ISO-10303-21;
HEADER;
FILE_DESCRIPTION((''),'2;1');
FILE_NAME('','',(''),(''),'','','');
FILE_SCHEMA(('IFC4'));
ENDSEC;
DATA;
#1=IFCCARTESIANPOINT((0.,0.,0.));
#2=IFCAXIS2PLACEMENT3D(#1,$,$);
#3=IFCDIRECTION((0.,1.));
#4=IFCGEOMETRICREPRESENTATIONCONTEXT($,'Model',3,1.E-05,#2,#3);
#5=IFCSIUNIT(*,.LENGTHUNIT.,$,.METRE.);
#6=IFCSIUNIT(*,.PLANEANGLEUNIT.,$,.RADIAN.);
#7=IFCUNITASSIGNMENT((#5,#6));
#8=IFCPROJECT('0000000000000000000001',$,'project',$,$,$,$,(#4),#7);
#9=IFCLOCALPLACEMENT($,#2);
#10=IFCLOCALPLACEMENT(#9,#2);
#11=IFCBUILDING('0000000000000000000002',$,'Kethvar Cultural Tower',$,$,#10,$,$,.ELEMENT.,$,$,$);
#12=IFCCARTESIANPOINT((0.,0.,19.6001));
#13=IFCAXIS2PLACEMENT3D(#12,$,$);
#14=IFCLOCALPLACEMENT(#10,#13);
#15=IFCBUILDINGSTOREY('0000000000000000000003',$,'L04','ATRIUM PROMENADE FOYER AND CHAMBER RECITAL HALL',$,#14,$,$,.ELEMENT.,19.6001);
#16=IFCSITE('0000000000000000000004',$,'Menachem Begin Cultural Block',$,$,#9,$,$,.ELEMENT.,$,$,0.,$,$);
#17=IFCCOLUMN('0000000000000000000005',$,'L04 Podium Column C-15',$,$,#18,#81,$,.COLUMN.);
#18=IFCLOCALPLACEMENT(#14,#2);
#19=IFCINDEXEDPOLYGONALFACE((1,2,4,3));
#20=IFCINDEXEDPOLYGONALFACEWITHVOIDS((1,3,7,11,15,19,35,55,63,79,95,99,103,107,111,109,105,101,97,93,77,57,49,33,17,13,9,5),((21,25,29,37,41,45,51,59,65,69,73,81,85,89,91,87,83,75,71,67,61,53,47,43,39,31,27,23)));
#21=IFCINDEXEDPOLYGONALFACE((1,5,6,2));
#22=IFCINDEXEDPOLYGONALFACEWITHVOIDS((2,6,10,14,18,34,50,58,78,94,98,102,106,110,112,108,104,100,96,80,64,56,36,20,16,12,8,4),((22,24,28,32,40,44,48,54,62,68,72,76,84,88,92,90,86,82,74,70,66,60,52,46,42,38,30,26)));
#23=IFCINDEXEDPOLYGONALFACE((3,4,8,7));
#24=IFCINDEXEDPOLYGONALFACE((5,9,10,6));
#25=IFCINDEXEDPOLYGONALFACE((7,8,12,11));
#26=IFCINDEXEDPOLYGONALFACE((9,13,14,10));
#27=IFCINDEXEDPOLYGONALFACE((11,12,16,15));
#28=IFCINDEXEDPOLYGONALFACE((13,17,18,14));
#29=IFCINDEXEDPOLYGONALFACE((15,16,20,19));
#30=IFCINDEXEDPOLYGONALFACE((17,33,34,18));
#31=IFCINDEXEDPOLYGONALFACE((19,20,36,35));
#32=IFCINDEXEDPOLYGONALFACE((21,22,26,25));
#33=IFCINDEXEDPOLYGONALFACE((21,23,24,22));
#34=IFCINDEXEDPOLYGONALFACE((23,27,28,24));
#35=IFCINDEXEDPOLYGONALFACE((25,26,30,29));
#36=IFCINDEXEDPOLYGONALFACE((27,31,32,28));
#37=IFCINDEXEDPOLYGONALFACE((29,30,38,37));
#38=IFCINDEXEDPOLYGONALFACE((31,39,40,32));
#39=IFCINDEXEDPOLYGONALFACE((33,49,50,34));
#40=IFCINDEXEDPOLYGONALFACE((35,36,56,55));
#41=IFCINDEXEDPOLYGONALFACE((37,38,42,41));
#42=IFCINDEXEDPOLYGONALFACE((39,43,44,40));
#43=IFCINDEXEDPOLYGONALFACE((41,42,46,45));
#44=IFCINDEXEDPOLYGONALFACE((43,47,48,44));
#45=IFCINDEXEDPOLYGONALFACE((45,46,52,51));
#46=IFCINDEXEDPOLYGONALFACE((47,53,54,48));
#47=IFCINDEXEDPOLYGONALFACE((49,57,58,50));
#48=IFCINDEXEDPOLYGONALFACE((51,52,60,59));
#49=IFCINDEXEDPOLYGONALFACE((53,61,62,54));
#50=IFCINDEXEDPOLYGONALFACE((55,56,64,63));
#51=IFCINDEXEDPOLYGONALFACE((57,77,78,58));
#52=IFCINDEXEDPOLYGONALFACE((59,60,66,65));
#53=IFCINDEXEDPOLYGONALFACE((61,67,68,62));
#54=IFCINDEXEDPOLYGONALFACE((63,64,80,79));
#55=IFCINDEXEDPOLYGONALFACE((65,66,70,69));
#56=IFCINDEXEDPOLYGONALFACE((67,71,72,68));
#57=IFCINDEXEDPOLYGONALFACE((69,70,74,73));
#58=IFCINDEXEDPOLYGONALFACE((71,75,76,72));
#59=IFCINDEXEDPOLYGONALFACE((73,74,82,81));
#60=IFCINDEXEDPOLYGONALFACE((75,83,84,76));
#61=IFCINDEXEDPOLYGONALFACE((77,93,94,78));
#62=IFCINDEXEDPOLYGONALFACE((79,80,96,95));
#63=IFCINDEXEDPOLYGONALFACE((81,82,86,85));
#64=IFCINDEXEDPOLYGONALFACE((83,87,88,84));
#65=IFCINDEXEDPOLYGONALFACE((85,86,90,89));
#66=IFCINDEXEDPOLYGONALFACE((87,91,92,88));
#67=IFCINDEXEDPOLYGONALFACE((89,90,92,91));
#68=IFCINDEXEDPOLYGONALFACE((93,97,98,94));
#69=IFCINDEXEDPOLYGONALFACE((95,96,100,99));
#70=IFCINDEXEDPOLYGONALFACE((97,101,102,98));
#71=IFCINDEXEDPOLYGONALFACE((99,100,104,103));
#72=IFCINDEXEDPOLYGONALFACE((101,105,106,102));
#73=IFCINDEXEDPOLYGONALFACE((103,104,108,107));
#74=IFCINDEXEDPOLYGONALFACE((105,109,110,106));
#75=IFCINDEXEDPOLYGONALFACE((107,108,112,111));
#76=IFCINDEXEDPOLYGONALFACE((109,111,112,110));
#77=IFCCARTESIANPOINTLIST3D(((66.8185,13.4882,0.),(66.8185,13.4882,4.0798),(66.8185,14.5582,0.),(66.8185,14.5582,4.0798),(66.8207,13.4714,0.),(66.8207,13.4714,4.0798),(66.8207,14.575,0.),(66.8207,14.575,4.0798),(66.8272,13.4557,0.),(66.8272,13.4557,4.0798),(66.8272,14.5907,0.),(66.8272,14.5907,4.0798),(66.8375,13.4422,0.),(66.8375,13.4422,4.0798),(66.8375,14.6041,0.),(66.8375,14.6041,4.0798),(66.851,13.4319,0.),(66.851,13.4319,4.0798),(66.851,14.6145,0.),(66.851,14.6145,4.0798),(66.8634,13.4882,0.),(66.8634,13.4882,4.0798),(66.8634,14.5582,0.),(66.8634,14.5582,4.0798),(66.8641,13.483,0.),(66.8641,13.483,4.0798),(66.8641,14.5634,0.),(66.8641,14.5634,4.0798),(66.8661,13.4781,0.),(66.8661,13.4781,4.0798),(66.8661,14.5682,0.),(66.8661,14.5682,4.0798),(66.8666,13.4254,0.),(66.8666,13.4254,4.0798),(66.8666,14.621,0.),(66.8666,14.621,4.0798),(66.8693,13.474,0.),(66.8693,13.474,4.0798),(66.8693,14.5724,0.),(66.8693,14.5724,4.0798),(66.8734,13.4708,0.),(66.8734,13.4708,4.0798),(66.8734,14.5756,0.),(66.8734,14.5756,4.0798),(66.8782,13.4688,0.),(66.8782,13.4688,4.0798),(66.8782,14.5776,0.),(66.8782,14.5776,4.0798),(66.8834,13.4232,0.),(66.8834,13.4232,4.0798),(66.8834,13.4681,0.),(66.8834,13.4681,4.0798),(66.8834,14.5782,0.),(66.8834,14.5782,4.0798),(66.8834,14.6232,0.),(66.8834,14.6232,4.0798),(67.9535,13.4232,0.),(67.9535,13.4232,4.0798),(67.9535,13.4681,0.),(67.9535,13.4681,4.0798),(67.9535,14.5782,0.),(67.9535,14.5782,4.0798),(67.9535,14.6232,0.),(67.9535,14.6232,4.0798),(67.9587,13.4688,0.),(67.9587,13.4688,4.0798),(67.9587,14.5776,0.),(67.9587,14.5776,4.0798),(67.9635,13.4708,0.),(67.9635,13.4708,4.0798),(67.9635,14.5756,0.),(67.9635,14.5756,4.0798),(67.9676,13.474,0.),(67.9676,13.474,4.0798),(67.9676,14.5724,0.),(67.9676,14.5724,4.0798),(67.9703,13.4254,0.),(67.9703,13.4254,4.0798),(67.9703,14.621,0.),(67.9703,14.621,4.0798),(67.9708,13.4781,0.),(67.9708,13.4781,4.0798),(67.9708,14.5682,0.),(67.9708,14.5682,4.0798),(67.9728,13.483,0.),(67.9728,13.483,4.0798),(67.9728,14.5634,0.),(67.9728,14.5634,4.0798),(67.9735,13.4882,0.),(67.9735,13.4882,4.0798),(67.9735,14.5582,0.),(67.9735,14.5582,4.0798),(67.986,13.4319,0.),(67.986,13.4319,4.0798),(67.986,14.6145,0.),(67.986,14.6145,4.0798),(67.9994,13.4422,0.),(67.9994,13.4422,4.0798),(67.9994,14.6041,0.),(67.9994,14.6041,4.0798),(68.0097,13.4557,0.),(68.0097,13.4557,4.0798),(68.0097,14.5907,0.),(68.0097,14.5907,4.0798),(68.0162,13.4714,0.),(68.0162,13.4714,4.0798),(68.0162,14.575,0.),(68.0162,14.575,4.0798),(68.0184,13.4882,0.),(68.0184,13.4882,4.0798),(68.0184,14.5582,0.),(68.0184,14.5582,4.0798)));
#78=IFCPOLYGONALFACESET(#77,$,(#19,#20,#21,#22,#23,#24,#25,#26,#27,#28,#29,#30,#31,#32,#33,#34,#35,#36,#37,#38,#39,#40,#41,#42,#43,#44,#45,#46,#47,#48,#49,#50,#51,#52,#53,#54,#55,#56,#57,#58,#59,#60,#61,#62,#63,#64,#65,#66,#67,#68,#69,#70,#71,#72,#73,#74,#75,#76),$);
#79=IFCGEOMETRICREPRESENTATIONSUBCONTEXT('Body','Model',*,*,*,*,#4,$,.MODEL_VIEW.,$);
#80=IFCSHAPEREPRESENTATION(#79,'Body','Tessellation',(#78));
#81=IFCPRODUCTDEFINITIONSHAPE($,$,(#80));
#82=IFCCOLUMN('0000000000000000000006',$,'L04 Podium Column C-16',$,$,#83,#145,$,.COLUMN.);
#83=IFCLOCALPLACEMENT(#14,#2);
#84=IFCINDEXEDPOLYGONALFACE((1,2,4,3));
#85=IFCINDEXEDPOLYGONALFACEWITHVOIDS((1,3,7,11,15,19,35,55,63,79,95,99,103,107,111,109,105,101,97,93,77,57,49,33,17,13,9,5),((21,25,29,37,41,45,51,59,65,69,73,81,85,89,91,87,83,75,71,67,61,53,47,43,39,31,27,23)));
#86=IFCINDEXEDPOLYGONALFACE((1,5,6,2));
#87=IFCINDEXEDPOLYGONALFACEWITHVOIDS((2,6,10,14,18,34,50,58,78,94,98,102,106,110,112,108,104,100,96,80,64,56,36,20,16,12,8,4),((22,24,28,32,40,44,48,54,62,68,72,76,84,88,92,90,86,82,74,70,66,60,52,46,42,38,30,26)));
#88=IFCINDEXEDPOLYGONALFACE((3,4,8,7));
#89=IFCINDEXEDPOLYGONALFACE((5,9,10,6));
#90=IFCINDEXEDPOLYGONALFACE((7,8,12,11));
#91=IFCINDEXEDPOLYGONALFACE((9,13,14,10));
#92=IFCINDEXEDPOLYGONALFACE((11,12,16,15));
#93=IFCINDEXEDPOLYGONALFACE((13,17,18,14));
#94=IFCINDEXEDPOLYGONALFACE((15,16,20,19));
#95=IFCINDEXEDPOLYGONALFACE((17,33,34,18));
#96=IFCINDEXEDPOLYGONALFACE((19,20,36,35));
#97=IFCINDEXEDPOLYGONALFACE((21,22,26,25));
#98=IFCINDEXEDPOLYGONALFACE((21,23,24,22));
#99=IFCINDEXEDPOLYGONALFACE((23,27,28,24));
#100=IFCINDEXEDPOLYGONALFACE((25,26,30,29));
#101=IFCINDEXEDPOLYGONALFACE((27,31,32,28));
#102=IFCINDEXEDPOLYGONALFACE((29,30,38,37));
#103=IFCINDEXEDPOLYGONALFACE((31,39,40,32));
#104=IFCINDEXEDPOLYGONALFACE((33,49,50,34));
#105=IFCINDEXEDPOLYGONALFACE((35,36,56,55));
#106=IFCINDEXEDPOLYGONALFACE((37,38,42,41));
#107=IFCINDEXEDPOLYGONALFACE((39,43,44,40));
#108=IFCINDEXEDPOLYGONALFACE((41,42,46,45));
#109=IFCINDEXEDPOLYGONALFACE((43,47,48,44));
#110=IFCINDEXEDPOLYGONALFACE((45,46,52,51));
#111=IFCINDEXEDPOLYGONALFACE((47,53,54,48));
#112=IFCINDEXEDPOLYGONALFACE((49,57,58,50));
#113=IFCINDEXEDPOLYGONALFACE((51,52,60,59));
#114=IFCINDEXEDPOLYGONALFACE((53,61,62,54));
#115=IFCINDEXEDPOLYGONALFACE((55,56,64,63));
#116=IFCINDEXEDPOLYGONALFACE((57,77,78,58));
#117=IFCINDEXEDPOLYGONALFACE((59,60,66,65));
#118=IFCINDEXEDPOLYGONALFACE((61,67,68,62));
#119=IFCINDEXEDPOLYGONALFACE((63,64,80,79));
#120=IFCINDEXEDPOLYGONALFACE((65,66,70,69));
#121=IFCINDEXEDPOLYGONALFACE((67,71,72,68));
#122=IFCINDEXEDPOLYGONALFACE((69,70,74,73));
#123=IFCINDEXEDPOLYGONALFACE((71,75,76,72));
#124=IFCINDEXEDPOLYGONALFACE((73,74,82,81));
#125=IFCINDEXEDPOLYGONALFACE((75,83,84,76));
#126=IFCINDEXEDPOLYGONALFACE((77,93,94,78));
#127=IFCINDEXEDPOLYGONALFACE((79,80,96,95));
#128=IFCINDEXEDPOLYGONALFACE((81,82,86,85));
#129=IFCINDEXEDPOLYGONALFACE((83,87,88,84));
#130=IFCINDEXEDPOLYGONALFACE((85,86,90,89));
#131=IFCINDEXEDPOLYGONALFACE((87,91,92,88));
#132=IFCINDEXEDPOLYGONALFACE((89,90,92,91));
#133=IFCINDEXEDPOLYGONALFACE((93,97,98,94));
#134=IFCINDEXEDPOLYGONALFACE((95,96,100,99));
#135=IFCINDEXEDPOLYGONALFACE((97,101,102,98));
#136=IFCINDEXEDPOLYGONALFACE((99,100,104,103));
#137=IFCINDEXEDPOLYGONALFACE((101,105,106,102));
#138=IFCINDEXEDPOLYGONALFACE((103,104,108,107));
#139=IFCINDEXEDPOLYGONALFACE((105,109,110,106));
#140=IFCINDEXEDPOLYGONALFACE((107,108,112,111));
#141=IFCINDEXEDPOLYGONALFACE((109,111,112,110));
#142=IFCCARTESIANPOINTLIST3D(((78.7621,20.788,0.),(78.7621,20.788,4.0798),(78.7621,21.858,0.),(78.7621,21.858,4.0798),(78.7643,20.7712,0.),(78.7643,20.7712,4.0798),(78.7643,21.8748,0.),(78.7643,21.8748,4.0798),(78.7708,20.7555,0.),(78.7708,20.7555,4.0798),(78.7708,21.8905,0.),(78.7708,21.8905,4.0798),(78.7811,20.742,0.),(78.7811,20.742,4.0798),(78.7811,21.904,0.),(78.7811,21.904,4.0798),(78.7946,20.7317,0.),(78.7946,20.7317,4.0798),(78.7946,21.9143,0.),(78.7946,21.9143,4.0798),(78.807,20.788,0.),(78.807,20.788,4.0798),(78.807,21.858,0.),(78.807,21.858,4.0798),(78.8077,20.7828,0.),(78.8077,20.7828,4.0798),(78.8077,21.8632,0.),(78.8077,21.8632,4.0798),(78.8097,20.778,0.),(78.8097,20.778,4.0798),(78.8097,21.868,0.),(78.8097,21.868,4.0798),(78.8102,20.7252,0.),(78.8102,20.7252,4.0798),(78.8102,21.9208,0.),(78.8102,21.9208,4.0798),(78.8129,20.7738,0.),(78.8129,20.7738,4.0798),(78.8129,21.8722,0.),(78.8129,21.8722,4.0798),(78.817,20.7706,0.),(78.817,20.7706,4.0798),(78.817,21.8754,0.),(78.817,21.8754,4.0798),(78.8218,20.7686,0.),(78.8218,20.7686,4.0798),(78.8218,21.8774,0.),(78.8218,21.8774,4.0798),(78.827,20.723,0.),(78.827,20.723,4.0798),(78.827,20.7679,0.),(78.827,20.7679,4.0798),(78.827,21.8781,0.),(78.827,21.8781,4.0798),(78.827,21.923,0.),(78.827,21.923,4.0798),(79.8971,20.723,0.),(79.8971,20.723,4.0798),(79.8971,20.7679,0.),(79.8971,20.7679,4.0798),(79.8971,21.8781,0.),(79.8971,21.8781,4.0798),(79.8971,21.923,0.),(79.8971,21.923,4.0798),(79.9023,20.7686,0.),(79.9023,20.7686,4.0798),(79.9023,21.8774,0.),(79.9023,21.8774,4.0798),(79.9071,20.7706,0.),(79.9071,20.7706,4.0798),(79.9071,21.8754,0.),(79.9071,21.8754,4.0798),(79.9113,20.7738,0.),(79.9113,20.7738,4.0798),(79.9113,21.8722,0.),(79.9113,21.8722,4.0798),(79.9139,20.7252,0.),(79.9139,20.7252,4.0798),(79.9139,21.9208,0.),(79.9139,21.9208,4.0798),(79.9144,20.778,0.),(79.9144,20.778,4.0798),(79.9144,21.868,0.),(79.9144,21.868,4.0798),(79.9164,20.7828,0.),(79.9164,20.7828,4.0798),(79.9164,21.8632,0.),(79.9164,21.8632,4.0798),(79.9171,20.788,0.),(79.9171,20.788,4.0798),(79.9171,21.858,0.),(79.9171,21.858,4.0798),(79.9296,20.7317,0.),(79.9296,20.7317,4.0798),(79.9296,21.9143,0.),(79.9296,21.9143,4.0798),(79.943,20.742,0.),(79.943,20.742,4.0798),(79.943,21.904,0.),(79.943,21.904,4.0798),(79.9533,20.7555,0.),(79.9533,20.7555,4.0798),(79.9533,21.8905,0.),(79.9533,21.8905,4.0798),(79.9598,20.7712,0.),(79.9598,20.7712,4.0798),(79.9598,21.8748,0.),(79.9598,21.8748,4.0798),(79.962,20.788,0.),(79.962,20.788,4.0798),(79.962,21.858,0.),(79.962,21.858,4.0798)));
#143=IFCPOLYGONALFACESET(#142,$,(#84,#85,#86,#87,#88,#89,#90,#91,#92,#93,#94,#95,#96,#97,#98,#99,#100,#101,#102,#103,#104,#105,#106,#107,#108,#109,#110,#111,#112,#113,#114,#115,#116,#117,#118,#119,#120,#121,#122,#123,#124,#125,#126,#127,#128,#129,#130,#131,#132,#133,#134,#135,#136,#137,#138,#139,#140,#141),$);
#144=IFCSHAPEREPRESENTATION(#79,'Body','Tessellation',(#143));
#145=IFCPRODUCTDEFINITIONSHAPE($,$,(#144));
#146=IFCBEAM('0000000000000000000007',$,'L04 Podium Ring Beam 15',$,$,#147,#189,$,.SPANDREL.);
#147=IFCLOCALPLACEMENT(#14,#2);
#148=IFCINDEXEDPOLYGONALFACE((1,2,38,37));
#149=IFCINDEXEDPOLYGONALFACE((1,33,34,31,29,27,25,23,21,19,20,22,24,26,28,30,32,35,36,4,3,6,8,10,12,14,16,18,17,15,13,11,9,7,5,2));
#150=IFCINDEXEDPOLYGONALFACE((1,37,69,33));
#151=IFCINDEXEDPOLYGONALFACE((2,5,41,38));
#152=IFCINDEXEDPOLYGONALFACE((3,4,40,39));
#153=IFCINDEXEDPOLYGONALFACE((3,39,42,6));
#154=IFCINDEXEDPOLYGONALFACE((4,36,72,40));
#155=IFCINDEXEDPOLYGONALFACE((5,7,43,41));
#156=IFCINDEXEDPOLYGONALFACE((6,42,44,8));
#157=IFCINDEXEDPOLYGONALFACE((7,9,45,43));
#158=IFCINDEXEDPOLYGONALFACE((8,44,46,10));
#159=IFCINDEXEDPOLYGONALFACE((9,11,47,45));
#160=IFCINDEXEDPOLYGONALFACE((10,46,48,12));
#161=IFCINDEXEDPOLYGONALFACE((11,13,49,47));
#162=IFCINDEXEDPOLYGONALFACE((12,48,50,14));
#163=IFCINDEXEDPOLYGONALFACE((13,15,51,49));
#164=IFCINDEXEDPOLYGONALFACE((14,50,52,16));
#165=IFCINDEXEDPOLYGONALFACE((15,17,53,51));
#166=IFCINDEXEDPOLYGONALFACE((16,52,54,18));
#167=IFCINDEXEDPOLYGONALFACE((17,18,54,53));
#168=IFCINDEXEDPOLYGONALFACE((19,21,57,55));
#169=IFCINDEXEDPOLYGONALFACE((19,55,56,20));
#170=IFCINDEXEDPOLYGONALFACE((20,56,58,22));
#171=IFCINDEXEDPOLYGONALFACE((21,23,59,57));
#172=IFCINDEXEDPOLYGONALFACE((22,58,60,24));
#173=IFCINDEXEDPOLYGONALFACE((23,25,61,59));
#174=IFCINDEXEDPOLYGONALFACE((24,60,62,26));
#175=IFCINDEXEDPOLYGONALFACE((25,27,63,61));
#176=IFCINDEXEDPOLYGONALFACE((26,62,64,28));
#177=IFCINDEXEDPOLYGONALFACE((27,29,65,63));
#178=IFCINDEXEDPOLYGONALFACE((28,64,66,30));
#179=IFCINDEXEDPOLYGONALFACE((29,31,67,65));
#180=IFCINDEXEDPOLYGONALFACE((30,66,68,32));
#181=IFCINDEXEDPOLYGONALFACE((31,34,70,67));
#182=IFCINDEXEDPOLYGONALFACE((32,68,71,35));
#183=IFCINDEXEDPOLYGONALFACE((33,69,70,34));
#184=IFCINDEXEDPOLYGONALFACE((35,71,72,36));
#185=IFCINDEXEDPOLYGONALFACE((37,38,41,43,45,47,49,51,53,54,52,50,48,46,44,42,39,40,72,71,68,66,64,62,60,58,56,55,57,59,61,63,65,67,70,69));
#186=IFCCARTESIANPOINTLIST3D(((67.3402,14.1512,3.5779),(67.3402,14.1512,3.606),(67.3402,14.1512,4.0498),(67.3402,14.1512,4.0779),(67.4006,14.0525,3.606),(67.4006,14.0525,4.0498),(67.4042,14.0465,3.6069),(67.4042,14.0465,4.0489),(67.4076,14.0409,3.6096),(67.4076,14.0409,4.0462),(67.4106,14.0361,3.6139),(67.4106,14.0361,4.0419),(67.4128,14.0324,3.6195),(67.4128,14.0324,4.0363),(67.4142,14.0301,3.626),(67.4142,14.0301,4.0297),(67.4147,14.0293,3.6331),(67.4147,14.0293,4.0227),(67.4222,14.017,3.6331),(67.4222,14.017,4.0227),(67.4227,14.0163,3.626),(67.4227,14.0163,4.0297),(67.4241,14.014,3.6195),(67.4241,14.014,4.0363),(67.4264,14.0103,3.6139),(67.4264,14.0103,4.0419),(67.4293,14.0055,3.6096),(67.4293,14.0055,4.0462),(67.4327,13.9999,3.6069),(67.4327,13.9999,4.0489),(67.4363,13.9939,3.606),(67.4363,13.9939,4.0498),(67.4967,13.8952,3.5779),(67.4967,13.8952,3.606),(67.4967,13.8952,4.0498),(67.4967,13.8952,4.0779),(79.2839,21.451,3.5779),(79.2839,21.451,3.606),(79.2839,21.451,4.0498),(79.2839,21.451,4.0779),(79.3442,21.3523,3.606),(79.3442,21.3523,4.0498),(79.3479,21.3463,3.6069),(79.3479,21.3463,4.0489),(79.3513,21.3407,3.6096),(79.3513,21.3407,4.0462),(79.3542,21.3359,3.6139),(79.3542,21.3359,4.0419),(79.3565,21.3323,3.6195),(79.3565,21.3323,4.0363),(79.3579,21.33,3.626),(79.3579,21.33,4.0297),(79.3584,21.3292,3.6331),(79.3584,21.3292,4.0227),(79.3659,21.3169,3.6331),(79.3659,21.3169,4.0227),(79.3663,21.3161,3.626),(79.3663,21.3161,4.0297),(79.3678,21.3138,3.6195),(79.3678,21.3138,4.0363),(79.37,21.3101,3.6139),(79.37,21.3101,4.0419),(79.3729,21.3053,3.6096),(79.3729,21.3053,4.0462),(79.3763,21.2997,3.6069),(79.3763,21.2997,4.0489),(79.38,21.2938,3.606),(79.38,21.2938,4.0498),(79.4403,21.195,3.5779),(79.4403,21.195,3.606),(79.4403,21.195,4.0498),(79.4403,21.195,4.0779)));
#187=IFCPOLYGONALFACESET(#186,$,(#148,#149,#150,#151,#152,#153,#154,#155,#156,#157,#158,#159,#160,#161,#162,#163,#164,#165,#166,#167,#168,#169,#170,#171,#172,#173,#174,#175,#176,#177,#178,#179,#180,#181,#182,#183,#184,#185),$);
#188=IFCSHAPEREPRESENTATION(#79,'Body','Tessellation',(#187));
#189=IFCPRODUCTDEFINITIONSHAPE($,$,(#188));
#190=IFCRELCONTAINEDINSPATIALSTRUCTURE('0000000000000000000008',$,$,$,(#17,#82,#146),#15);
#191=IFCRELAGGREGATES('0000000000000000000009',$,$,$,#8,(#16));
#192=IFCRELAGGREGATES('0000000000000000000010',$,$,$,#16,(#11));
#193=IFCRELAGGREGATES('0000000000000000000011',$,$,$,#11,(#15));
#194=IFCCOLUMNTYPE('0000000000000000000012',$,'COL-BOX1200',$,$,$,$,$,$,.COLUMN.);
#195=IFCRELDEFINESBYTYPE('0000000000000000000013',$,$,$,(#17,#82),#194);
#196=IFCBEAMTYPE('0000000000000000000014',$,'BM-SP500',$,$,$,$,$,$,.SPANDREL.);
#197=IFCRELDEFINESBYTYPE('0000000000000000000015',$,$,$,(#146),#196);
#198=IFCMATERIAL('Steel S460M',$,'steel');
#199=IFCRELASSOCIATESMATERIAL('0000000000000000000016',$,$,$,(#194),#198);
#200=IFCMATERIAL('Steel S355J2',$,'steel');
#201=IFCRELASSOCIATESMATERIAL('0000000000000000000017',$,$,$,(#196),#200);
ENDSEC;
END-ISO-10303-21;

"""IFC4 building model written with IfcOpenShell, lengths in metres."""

from ifc_helpers import new_model, si_unit, direction, frame, origin, origin_2d, place, context, subcontext, project, spatial, hollow_rectangle, i_section, extrude, source, transform, mapped, material, material_profile, profile_set, type_object, element, save


model = new_model("IFC4")

# Units and contexts
model_context = context("Model", 3, precision=1e-05, world=origin(), true_north=direction((0.0, 1.0)))
body_context = subcontext(model_context, "Body", "Model", "MODEL_VIEW")
ifc_project = project(units=[si_unit("LENGTHUNIT", "METRE"), si_unit("PLANEANGLEUNIT", "RADIAN")], contexts=[model_context])

# Site, building, storey
site_placement = place(None, origin())
site = spatial("IfcSite", under=ifc_project, at=site_placement, Name="Menachem Begin Cultural Block", CompositionType="ELEMENT", RefElevation=0.0)
building_placement = place(site_placement, origin())
building = spatial("IfcBuilding", under=site, at=building_placement, Name="Kethvar Cultural Tower", CompositionType="ELEMENT")
storey_placement = place(building_placement, frame((0.0, 0.0, 19.6001)))
storey = spatial("IfcBuildingStorey", under=building, at=storey_placement, Name="L04", Description="ATRIUM PROMENADE FOYER AND CHAMBER RECITAL HALL", CompositionType="ELEMENT", Elevation=19.6001)

# Columns
ifc_material_1 = material(Name="Steel S460M", Category="steel")
ifc_material_profile_1 = material_profile(ifc_material_1, hollow_rectangle(XDim=1.2, YDim=1.2, WallThickness=0.0449, InnerFilletRadius=0.02, OuterFilletRadius=0.0649, at=origin_2d()), Name="Steel S460M — BOX1200x1200x45")
ifc_profile_set_1 = profile_set([ifc_material_profile_1], Name="Steel S460M — BOX1200x1200x45")
column_type = type_object("IfcColumnType", Name="COL-BOX1200", PredefinedType="COLUMN", material=ifc_profile_set_1)
shared_shape_1 = source(origin(), body_context, "Body", "SweptSolid", [
    extrude(hollow_rectangle(XDim=1.2, YDim=1.2, WallThickness=0.0449, InnerFilletRadius=0.02, OuterFilletRadius=0.0649, at=origin_2d()), origin(), (0.0, 0.0, 1.0), 4.0798),
])
for number, where, z_axis, x_axis, name in (
    (1, (67.4185, 14.0232, 0.0), (0.0, 0.0, 1.0), (1.0, 0.0, 0.0), "L04 Podium Column C-15"),
    (2, (79.3621, 21.323, 0.0), (0.0, 0.0, 1.0), (1.0, 0.0, 0.0), "L04 Podium Column C-16"),
):
    element("IfcColumn", number, at=place(storey_placement, frame(where, z_axis=z_axis, x_axis=x_axis)), inside=storey, type_object=column_type, Name=name, PredefinedType="COLUMN", context=body_context, shape_type="MappedRepresentation", body=[
        mapped(shared_shape_1, transform((0.0, 0.0, 0.0), scale=1.0)),
    ])

# Beam
ifc_material_2 = material(Name="Steel S355J2", Category="steel")
ifc_material_profile_2 = material_profile(ifc_material_2, i_section(OverallWidth=0.3, OverallDepth=0.5, WebThickness=0.0144, FlangeThickness=0.0281, FilletRadius=0.0271, at=origin_2d()), Name="Steel S355J2 — HEB500")
ifc_profile_set_2 = profile_set([ifc_material_profile_2], Name="Steel S355J2 — HEB500")
beam_type = type_object("IfcBeamType", Name="BM-SP500", PredefinedType="SPANDREL", material=ifc_profile_set_2)
shared_shape_2 = source(origin(), body_context, "Body", "SweptSolid", [
    extrude(i_section(OverallWidth=0.3, OverallDepth=0.5, WebThickness=0.0144, FlangeThickness=0.0281, FilletRadius=0.0271, at=origin_2d()), origin(), (0.0, 0.0, 1.0), 13.9978),
])
beam_1_placement = place(storey_placement, frame((67.4185, 14.0232, 3.8279), z_axis=(0.853252, 0.521499, 0.0), x_axis=(-0.521499, 0.853252, 0.0)))
element("IfcBeam", 3, at=beam_1_placement, inside=storey, type_object=beam_type, Name="L04 Podium Ring Beam 15", PredefinedType="SPANDREL", context=body_context, shape_type="MappedRepresentation", body=[
    mapped(shared_shape_2, transform((0.0, 0.0, 0.0), scale=1.0)),
])

save(model, "model.ifc")
